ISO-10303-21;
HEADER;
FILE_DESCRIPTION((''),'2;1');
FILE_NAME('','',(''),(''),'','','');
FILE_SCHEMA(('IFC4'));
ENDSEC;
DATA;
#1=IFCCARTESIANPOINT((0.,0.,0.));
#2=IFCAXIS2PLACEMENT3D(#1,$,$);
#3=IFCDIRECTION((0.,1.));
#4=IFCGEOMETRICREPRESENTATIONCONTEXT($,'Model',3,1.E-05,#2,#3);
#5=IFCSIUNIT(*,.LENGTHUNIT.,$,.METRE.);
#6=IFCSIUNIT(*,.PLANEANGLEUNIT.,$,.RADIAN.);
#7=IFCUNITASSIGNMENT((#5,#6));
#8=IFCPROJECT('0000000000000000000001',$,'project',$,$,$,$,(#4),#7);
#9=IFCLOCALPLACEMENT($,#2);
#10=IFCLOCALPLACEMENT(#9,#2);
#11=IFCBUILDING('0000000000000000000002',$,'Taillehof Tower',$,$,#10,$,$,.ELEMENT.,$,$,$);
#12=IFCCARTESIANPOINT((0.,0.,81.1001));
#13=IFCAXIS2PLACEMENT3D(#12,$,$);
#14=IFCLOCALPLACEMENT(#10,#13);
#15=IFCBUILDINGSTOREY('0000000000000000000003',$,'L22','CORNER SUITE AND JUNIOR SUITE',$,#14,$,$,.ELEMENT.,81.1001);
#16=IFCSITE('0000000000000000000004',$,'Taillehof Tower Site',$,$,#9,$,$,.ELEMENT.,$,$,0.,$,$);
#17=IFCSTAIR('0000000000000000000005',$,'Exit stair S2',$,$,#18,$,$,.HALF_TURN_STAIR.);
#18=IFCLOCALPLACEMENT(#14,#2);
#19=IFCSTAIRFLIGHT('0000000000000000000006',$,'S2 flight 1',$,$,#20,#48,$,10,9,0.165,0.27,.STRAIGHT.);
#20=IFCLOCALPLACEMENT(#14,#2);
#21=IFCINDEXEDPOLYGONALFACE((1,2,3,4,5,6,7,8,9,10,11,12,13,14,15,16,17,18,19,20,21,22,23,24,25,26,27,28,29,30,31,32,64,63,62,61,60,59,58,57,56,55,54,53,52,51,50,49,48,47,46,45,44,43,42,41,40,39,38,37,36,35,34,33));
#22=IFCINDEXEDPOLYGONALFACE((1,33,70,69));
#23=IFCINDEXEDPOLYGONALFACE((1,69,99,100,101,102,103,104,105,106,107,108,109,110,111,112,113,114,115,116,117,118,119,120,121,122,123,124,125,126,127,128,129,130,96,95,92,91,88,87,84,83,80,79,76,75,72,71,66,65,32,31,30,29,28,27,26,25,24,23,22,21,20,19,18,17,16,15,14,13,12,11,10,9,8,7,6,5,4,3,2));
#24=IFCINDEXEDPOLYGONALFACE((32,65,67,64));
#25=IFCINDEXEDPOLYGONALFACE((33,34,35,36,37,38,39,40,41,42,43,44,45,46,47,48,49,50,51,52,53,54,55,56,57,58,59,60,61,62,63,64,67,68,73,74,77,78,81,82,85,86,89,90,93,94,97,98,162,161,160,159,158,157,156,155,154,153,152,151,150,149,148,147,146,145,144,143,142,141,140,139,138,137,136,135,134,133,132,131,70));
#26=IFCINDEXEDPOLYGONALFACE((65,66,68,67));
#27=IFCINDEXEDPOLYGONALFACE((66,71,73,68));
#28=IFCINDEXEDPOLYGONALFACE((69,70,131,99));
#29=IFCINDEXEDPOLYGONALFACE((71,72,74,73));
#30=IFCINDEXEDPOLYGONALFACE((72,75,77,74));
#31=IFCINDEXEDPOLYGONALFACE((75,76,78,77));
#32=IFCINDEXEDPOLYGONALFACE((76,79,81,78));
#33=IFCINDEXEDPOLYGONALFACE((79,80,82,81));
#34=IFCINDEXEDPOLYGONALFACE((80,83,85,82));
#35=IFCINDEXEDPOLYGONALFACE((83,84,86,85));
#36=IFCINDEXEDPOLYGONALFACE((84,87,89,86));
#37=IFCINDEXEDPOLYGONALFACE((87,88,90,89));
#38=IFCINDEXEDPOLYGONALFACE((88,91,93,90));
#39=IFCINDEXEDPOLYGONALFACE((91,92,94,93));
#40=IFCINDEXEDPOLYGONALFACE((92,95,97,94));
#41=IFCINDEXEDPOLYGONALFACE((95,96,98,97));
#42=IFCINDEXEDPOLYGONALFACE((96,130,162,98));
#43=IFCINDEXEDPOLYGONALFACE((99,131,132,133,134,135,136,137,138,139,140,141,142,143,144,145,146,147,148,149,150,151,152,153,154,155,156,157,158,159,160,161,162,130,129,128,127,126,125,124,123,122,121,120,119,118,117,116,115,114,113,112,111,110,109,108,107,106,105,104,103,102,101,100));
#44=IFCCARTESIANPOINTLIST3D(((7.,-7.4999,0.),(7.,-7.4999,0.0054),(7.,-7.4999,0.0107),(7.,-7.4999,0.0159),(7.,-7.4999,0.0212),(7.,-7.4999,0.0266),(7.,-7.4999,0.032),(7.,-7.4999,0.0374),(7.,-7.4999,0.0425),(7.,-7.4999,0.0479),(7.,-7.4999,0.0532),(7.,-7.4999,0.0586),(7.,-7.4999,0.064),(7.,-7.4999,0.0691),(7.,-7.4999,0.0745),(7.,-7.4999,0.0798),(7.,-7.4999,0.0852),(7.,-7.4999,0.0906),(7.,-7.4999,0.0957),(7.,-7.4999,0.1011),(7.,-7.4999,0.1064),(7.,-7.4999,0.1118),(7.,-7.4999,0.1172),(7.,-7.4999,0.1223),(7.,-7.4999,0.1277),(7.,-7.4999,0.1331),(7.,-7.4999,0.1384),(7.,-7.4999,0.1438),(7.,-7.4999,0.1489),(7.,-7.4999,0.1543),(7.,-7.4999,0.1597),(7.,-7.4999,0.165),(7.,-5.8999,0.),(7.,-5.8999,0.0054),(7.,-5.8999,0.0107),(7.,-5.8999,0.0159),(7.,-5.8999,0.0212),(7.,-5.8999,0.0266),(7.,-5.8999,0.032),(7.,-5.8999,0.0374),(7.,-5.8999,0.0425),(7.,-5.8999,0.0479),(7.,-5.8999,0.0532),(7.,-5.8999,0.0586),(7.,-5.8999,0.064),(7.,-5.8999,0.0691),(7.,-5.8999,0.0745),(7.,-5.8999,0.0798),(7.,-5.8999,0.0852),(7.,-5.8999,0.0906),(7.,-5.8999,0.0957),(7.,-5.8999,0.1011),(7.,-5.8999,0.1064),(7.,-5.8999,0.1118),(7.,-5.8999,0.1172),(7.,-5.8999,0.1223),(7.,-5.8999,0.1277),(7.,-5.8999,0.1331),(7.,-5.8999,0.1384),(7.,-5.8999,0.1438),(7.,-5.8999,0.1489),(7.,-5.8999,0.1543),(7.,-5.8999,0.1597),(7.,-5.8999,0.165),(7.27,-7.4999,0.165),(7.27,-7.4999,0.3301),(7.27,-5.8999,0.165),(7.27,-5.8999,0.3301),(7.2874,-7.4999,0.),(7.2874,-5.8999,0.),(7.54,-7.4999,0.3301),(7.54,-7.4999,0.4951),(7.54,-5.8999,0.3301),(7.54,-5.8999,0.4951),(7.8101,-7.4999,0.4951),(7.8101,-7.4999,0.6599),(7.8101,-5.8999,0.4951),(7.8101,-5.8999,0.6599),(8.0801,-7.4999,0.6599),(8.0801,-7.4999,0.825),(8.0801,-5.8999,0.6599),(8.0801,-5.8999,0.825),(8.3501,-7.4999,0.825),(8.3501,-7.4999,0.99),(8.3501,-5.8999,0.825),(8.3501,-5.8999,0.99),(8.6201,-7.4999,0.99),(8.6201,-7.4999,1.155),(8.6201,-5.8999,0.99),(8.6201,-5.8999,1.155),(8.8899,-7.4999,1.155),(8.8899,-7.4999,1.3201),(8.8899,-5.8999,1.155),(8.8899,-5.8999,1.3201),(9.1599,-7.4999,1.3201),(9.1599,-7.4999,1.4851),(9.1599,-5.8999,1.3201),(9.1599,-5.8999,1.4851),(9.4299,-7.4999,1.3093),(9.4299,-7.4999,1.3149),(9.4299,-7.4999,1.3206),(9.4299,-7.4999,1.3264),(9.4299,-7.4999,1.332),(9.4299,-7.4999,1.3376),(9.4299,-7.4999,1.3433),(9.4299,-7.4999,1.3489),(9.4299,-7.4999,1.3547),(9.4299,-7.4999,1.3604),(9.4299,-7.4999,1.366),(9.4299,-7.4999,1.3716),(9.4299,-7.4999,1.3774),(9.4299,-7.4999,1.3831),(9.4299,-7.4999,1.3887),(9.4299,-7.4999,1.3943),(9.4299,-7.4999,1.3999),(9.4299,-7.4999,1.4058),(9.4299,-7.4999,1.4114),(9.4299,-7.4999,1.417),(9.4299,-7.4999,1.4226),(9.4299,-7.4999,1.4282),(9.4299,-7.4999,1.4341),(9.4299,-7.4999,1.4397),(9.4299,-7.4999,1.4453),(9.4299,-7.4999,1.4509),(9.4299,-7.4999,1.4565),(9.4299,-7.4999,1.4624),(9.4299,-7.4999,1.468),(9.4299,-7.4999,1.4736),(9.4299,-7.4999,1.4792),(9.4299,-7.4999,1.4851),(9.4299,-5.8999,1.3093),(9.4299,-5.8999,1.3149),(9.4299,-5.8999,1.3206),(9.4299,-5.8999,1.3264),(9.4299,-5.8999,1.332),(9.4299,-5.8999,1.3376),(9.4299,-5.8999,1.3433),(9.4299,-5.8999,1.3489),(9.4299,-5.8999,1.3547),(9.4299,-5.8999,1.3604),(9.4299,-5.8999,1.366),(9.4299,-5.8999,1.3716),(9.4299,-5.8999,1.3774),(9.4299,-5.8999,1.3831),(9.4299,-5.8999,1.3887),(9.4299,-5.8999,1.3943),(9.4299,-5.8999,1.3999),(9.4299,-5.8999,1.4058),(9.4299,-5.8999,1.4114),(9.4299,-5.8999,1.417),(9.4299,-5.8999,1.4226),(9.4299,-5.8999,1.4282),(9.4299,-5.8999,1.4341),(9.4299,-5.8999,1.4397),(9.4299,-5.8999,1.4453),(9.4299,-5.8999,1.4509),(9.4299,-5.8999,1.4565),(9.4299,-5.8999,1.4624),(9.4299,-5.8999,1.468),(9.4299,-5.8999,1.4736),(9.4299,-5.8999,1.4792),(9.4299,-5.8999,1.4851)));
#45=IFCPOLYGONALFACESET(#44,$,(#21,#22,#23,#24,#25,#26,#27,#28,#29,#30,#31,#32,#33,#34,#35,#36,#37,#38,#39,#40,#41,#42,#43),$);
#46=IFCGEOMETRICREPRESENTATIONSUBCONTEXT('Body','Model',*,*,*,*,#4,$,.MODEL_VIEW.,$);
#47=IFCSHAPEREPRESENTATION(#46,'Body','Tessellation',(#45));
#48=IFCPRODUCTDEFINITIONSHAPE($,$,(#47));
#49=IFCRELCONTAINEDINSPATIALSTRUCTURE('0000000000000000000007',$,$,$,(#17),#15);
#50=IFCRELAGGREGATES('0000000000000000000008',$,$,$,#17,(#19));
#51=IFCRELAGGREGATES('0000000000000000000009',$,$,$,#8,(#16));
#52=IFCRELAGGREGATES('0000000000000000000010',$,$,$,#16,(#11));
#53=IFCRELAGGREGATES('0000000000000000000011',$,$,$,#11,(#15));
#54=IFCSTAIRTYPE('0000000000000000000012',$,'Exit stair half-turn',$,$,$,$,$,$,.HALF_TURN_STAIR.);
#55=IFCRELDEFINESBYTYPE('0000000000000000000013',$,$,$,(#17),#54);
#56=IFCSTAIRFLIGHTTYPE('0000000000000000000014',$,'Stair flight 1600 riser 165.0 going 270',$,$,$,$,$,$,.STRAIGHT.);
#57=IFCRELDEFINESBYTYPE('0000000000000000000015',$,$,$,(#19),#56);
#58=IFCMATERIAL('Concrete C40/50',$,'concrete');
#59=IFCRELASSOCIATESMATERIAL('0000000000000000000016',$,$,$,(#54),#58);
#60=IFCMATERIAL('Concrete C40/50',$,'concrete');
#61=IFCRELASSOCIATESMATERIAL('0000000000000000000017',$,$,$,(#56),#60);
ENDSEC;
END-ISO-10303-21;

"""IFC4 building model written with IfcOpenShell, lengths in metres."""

from ifc_helpers import new_model, si_unit, direction, frame, origin, place, context, subcontext, project, spatial, polyline, outline, extrude, material, type_object, element, aggregate, save


model = new_model("IFC4")

# Units and contexts
model_context = context("Model", 3, precision=1e-05, world=origin(), true_north=direction((0.0, 1.0)))
body_context = subcontext(model_context, "Body", "Model", "MODEL_VIEW")
ifc_project = project(units=[si_unit("LENGTHUNIT", "METRE"), si_unit("PLANEANGLEUNIT", "RADIAN")], contexts=[model_context])

# Site, building, storey
site_placement = place(None, origin())
site = spatial("IfcSite", under=ifc_project, at=site_placement, Name="Taillehof Tower Site", CompositionType="ELEMENT", RefElevation=0.0)
building_placement = place(site_placement, origin())
building = spatial("IfcBuilding", under=site, at=building_placement, Name="Taillehof Tower", CompositionType="ELEMENT")
storey_placement = place(building_placement, frame((0.0, 0.0, 81.1001)))
storey = spatial("IfcBuildingStorey", under=building, at=storey_placement, Name="L22", Description="CORNER SUITE AND JUNIOR SUITE", CompositionType="ELEMENT", Elevation=81.1001)

# Stair, stair flight
ifc_material_1 = material(Name="Concrete C40/50", Category="concrete")
stair_type = type_object("IfcStairType", Name="Exit stair half-turn", PredefinedType="HALF_TURN_STAIR", material=ifc_material_1)
stair_placement = place(storey_placement, origin())
stair = element("IfcStair", 1, at=stair_placement, inside=storey, type_object=stair_type, Name="Exit stair S2", PredefinedType="HALF_TURN_STAIR")
ifc_material_2 = material(Name="Concrete C40/50", Category="concrete")
stair_flight_type = type_object("IfcStairFlightType", Name="Stair flight 1600 riser 165.0 going 270", PredefinedType="STRAIGHT", material=ifc_material_2)
stair_flight_placement = place(storey_placement, frame((7.0, -6.7, 0.0), z_axis=(0.0, 0.0, 1.0), x_axis=(1.0, 0.0, 0.0)))
stair_flight = element("IfcStairFlight", 2, at=stair_flight_placement, type_object=stair_flight_type, Name="S2 flight 1", NumberOfRisers=10, NumberOfTreads=9, PredefinedType="STRAIGHT", RiserHeight=0.165, TreadLength=0.27, context=body_context, shape_type="SweptSolid", body=[
    extrude(outline(polyline([(0.0, 0.0), (0.0, 0.0054), (0.0, 0.0107), (0.0, 0.0159), (0.0, 0.0212), (0.0, 0.0266), (0.0, 0.032), (0.0, 0.0374), (0.0, 0.0425), (0.0, 0.0479), (0.0, 0.0532), (0.0, 0.0586), (0.0, 0.064), (0.0, 0.0691), (0.0, 0.0745), (0.0, 0.0798), (0.0, 0.0852), (0.0, 0.0906), (0.0, 0.0957), (0.0, 0.1011), (0.0, 0.1064), (0.0, 0.1118), (0.0, 0.1172), (0.0, 0.1223), (0.0, 0.1277), (0.0, 0.1331), (0.0, 0.1384), (0.0, 0.1438), (0.0, 0.1489), (0.0, 0.1543), (0.0, 0.1597), (0.0, 0.165), (0.27, 0.165), (0.27, 0.3301), (0.54, 0.3301), (0.54, 0.4951), (0.8101, 0.4951), (0.8101, 0.6599), (1.0801, 0.6599), (1.0801, 0.825), (1.3501, 0.825), (1.3501, 0.99), (1.6201, 0.99), (1.6201, 1.155), (1.8899, 1.155), (1.8899, 1.3201), (2.1599, 1.3201), (2.1599, 1.4851), (2.4299, 1.4851), (2.4299, 1.4792), (2.4299, 1.4736), (2.4299, 1.468), (2.4299, 1.4624), (2.4299, 1.4565), (2.4299, 1.4509), (2.4299, 1.4453), (2.4299, 1.4397), (2.4299, 1.4341), (2.4299, 1.4282), (2.4299, 1.4226), (2.4299, 1.417), (2.4299, 1.4114), (2.4299, 1.4058), (2.4299, 1.3999), (2.4299, 1.3943), (2.4299, 1.3887), (2.4299, 1.3831), (2.4299, 1.3774), (2.4299, 1.3716), (2.4299, 1.366), (2.4299, 1.3604), (2.4299, 1.3547), (2.4299, 1.3489), (2.4299, 1.3433), (2.4299, 1.3376), (2.4299, 1.332), (2.4299, 1.3264), (2.4299, 1.3206), (2.4299, 1.3149), (2.4299, 1.3093), (0.2874, 0.0), (0.0, 0.0)])), frame((0.0, 0.8, 0.0), z_axis=(0.0, -1.0, 0.0), x_axis=(1.0, 0.0, 0.0)), (0.0, 0.0, 1.0), 1.6),
])
aggregate(stair, [stair_flight])

save(model, "model.ifc")
